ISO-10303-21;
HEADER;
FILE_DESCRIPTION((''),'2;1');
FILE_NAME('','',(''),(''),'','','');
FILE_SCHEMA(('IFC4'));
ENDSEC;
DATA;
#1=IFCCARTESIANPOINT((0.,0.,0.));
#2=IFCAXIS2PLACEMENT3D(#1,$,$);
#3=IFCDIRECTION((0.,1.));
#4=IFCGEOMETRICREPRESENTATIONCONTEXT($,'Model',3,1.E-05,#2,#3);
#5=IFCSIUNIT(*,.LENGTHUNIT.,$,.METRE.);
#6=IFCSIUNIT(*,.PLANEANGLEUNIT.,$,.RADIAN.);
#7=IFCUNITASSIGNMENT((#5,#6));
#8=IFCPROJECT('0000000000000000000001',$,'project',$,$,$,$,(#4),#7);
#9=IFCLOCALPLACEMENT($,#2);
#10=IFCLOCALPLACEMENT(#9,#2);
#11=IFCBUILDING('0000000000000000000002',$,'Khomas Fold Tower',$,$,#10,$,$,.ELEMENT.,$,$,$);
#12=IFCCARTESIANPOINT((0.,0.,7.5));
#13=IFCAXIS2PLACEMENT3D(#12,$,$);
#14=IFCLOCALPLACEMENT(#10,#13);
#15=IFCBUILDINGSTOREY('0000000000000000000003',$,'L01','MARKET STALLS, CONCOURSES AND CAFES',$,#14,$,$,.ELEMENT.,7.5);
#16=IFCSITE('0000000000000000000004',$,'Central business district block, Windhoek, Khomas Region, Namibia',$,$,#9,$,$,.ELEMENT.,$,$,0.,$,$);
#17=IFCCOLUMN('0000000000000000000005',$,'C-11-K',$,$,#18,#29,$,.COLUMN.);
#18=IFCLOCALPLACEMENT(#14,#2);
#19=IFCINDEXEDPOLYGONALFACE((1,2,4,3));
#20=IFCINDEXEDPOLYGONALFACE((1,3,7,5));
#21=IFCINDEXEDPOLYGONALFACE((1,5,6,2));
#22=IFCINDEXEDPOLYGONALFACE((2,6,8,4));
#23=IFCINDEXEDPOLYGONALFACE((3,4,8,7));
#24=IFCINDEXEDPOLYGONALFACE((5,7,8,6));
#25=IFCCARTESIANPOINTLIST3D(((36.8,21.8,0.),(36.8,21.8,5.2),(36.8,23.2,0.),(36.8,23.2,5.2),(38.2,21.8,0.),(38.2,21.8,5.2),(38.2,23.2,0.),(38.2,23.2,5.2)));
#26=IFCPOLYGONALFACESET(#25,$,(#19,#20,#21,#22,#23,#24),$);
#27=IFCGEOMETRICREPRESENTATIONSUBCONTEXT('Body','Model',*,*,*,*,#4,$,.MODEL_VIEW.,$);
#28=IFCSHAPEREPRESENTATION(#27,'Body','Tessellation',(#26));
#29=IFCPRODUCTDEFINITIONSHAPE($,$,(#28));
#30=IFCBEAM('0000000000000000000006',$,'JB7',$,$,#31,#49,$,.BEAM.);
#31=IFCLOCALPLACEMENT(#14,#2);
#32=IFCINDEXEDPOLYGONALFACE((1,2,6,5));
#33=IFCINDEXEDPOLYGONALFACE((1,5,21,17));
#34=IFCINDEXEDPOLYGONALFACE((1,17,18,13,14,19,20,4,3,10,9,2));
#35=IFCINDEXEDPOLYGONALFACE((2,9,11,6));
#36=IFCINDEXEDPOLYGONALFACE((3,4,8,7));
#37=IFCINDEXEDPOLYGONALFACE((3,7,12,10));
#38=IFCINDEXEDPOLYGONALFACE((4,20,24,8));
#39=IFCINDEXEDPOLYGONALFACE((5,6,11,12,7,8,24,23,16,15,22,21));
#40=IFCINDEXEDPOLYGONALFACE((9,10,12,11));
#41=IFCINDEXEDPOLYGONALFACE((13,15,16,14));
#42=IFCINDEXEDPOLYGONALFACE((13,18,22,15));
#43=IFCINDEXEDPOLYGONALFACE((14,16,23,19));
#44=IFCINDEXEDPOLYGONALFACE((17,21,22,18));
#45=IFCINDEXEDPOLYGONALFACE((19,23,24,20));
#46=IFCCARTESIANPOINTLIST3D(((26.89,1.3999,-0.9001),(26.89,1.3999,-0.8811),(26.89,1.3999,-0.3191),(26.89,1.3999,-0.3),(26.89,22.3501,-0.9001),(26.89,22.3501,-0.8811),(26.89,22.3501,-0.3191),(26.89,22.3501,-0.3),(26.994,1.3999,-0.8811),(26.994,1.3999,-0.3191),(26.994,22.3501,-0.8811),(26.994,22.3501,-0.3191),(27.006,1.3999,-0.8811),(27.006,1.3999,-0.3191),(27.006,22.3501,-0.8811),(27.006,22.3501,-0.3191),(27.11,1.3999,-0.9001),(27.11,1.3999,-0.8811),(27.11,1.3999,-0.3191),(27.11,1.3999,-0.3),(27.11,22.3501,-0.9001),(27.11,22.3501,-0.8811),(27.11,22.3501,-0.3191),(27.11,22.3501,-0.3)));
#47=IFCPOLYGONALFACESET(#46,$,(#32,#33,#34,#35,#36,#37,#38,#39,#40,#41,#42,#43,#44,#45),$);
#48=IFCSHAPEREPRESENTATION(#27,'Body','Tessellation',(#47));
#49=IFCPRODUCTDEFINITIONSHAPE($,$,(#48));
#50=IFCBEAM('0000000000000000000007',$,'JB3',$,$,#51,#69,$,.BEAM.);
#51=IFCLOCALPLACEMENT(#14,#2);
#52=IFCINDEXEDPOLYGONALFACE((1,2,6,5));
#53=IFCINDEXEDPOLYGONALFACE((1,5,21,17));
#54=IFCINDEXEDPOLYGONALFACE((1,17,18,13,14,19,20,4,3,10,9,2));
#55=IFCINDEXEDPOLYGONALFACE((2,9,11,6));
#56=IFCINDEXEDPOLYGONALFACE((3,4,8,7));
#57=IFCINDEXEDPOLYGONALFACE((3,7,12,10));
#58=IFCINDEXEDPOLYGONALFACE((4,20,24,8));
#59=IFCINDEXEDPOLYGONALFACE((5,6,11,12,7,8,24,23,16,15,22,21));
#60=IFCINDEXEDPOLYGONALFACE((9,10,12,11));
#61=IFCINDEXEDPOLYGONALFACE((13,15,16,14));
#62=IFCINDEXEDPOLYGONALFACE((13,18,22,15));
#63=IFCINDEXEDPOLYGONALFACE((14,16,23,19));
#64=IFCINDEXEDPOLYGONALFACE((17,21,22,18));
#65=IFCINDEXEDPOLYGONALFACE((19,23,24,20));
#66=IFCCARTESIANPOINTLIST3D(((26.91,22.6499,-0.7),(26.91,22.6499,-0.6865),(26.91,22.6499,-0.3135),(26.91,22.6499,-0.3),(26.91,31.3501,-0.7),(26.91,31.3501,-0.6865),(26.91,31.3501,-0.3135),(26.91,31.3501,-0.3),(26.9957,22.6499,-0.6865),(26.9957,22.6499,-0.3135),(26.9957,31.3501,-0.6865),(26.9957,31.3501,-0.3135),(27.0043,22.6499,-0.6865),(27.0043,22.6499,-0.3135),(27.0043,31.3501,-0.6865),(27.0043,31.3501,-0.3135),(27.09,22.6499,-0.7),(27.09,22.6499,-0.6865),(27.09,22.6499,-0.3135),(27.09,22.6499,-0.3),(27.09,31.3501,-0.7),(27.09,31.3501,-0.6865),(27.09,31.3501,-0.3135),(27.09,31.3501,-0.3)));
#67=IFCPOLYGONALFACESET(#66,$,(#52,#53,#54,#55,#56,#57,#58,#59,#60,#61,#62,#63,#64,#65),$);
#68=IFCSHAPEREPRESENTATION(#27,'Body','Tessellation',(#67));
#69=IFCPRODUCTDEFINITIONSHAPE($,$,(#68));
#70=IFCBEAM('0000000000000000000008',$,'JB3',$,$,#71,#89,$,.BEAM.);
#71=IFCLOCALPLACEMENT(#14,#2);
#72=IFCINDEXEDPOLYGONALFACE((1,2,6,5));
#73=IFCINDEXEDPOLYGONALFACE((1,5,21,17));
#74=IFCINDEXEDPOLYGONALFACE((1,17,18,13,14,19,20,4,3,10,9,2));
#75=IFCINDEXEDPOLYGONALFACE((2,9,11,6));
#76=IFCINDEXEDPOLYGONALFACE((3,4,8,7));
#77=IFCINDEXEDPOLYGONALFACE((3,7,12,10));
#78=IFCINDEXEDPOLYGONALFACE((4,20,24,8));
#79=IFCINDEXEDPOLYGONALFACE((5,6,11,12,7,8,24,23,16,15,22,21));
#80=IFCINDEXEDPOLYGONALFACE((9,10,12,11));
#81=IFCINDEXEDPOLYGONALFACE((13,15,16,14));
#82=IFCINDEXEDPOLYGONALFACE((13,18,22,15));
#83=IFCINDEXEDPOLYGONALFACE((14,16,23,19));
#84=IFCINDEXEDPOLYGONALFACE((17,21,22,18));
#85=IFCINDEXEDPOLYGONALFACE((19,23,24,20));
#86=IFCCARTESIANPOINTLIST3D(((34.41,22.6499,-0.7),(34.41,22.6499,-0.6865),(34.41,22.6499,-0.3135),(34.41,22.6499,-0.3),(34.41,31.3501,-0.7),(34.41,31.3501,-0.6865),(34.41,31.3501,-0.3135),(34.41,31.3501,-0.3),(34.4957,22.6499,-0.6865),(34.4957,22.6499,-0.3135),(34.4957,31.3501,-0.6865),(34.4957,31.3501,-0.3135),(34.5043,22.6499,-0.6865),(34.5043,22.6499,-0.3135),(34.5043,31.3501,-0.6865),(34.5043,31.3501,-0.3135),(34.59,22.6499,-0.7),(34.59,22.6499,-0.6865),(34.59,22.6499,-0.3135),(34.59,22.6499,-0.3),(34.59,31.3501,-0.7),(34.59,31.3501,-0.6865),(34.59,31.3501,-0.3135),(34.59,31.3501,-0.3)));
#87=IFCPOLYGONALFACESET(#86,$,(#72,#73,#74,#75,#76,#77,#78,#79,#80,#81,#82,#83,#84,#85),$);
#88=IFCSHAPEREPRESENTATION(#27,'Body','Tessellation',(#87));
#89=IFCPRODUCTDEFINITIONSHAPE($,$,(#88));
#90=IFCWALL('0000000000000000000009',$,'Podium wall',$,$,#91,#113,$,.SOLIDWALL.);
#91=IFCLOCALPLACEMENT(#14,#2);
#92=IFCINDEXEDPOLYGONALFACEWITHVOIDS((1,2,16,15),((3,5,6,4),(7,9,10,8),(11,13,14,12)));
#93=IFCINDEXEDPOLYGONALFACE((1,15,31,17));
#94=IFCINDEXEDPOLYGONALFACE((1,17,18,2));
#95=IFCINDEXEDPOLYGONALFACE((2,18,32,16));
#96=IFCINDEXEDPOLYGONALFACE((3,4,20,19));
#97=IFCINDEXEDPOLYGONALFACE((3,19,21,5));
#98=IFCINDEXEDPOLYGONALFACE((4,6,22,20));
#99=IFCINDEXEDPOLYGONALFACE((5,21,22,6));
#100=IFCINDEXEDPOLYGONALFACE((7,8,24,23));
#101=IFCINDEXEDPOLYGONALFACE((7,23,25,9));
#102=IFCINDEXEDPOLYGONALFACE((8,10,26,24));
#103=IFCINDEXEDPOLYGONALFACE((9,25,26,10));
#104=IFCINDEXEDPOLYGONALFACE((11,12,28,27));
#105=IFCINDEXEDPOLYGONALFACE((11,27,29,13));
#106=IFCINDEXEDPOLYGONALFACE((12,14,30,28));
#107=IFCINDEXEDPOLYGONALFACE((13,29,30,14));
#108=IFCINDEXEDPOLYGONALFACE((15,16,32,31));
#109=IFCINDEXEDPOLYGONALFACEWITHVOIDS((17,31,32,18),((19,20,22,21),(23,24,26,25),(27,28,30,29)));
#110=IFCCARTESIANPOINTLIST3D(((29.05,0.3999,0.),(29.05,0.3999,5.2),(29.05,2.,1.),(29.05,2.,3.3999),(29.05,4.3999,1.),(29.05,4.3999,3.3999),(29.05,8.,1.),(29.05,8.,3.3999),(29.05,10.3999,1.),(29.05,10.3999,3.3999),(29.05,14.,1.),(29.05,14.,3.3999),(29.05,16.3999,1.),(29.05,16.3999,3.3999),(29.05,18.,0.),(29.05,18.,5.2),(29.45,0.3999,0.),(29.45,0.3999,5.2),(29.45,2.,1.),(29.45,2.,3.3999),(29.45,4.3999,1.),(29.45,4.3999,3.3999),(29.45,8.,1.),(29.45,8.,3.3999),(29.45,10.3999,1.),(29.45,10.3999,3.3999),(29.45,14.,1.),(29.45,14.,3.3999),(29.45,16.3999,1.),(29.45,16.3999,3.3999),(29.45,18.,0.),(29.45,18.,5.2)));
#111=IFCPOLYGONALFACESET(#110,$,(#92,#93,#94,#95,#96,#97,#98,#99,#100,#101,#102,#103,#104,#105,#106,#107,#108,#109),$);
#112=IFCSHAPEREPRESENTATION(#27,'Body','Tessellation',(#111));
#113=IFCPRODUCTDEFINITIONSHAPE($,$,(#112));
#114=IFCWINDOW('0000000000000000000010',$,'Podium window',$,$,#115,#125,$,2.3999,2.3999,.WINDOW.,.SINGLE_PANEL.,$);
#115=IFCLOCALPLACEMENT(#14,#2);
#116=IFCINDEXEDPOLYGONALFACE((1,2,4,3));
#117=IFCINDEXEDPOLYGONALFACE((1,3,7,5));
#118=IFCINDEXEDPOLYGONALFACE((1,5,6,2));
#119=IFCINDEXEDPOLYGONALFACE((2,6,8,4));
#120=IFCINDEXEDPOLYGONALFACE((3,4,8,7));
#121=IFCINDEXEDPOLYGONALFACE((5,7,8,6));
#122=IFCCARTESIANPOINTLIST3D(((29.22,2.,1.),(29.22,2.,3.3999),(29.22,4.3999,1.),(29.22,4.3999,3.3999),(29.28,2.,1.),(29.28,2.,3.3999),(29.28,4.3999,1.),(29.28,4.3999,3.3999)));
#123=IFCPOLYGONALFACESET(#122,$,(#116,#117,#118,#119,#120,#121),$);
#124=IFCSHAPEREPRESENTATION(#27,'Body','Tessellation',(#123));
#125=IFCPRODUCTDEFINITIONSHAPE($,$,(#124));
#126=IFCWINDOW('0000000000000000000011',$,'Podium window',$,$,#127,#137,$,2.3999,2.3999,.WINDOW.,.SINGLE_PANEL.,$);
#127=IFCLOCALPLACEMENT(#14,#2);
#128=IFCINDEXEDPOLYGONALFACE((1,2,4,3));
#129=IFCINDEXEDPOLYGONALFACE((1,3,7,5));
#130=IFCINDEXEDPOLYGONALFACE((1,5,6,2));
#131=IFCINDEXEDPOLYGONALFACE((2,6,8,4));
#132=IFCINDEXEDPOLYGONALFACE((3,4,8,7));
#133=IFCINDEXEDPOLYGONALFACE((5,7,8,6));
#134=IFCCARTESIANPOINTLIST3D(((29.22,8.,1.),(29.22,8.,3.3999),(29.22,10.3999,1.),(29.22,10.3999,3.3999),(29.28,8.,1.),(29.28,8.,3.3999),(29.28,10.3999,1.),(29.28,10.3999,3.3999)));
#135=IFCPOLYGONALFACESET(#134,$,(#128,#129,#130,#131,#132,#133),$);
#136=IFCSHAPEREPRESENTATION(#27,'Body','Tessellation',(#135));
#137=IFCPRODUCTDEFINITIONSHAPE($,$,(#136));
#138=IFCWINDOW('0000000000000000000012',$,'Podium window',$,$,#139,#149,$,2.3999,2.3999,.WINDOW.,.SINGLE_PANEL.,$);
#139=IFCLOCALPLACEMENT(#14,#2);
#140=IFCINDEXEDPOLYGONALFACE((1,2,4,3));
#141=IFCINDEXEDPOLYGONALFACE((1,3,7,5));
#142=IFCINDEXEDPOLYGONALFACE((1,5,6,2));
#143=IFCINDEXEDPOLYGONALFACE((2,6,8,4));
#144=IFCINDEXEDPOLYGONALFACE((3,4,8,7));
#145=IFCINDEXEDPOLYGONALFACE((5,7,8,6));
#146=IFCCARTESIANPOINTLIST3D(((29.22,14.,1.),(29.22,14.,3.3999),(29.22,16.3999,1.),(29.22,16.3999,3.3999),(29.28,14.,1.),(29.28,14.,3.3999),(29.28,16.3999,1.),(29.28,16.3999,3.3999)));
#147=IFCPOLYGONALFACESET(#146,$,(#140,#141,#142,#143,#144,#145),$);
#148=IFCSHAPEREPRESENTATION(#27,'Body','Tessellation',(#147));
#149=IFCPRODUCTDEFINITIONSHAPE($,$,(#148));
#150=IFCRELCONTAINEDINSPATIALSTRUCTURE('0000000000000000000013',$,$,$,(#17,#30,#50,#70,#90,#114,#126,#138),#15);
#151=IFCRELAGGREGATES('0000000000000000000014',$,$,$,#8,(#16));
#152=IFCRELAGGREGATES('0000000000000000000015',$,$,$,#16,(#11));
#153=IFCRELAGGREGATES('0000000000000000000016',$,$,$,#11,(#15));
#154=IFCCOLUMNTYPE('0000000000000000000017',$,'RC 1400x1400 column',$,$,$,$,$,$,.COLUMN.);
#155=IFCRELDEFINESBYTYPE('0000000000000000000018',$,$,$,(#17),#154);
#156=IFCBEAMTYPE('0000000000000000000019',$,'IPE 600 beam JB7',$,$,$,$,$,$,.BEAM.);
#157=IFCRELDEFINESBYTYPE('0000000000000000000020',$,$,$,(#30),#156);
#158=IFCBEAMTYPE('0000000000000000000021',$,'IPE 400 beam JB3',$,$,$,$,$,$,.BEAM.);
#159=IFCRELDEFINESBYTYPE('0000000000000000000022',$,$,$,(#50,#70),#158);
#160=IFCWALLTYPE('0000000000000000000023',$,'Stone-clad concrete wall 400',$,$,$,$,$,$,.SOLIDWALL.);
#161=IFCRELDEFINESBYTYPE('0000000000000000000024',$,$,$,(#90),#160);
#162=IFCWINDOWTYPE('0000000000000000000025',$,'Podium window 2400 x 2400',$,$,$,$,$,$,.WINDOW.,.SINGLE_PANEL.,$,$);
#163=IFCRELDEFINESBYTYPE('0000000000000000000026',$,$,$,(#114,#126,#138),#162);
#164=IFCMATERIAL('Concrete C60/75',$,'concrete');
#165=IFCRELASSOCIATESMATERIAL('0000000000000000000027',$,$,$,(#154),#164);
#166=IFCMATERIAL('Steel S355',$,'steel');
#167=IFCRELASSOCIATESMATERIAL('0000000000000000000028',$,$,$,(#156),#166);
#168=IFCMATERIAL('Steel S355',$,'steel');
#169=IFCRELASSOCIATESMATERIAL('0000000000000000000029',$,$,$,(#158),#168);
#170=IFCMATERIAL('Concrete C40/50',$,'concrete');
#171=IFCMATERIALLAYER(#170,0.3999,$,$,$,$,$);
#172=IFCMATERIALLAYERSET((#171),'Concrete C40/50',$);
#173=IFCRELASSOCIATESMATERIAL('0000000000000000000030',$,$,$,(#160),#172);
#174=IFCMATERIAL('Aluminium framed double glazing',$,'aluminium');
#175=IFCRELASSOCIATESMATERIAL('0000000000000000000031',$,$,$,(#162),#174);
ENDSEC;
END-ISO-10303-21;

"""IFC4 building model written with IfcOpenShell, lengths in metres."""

from ifc_helpers import new_model, si_unit, direction, frame, frame_2d, origin, origin_2d, place, context, subcontext, project, spatial, rectangle, i_section, extrude, source, transform, mapped, material, layer, layer_set, material_profile, profile_set, type_object, element, fill, save


model = new_model("IFC4")

# Units and contexts
model_context = context("Model", 3, precision=1e-05, world=origin(), true_north=direction((0.0, 1.0)))
body_context = subcontext(model_context, "Body", "Model", "MODEL_VIEW")
ifc_project = project(units=[si_unit("LENGTHUNIT", "METRE"), si_unit("PLANEANGLEUNIT", "RADIAN")], contexts=[model_context])

# Site, building, storey
site_placement = place(None, origin())
site = spatial("IfcSite", under=ifc_project, at=site_placement, Name="Central business district block, Windhoek, Khomas Region, Namibia", CompositionType="ELEMENT", RefElevation=0.0)
building_placement = place(site_placement, origin())
building = spatial("IfcBuilding", under=site, at=building_placement, Name="Khomas Fold Tower", CompositionType="ELEMENT")
storey_placement = place(building_placement, frame((0.0, 0.0, 7.5)))
storey = spatial("IfcBuildingStorey", under=building, at=storey_placement, Name="L01", Description="MARKET STALLS, CONCOURSES AND CAFES", CompositionType="ELEMENT", Elevation=7.5)

# Column
ifc_material_1 = material(Name="Concrete C60/75", Category="concrete")
ifc_material_profile_1 = material_profile(ifc_material_1, rectangle(XDim=1.3999, YDim=1.3999, at=origin_2d()), Name="RC 1400x1400")
ifc_profile_set_1 = profile_set([ifc_material_profile_1], Name="Concrete C60/75")
column_type = type_object("IfcColumnType", Name="RC 1400x1400 column", PredefinedType="COLUMN", material=ifc_profile_set_1)
shared_shape_1 = source(origin(), body_context, "Body", "SweptSolid", [
    extrude(rectangle(XDim=1.3999, YDim=1.3999, at=origin_2d()), origin(), (0.0, 0.0, 1.0), 5.2),
])
column_placement = place(storey_placement, frame((37.5, 22.5, 0.0), z_axis=(0.0, 0.0, 1.0), x_axis=(1.0, 0.0, 0.0)))
element("IfcColumn", 1, at=column_placement, inside=storey, type_object=column_type, Name="C-11-K", PredefinedType="COLUMN", context=body_context, shape_type="MappedRepresentation", body=[
    mapped(shared_shape_1, transform((0.0, 0.0, 0.0))),
])

# Beams
ifc_material_2 = material(Name="Steel S355", Category="steel")
ifc_material_profile_2 = material_profile(ifc_material_2, i_section(OverallWidth=0.22, OverallDepth=0.6001, WebThickness=0.012, FlangeThickness=0.019, at=origin_2d()), Name="IPE 600")
ifc_profile_set_2 = profile_set([ifc_material_profile_2], Name="Steel S355")
beam_type_1 = type_object("IfcBeamType", Name="IPE 600 beam JB7", PredefinedType="BEAM", material=ifc_profile_set_2)
shared_shape_2 = source(origin(), body_context, "Body", "SweptSolid", [
    extrude(i_section(OverallWidth=0.22, OverallDepth=0.6001, WebThickness=0.012, FlangeThickness=0.019, at=origin_2d()), origin(), (0.0, 0.0, 1.0), 20.9502),
])
beam_placement = place(storey_placement, frame((27.0, 1.3999, -0.6001), z_axis=(0.0, 1.0, 0.0), x_axis=(-1.0, 0.0, 0.0)))
element("IfcBeam", 2, at=beam_placement, inside=storey, type_object=beam_type_1, Name="JB7", PredefinedType="BEAM", context=body_context, shape_type="MappedRepresentation", body=[
    mapped(shared_shape_2, transform((0.0, 0.0, 0.0))),
])
ifc_material_3 = material(Name="Steel S355", Category="steel")
ifc_material_profile_3 = material_profile(ifc_material_3, i_section(OverallWidth=0.1799, OverallDepth=0.3999, WebThickness=0.0085, FlangeThickness=0.0134, at=origin_2d()), Name="IPE 400")
ifc_profile_set_3 = profile_set([ifc_material_profile_3], Name="Steel S355")
beam_type_2 = type_object("IfcBeamType", Name="IPE 400 beam JB3", PredefinedType="BEAM", material=ifc_profile_set_3)
shared_shape_3 = source(origin(), body_context, "Body", "SweptSolid", [
    extrude(i_section(OverallWidth=0.1799, OverallDepth=0.3999, WebThickness=0.0085, FlangeThickness=0.0134, at=origin_2d()), origin(), (0.0, 0.0, 1.0), 8.7002),
])
for number, where, z_axis, x_axis, name in (
    (3, (27.0, 22.6499, -0.5), (0.0, 1.0, 0.0), (-1.0, 0.0, 0.0), "JB3"),
    (4, (34.5, 22.6499, -0.5), (0.0, 1.0, 0.0), (-1.0, 0.0, 0.0), "JB3"),
):
    element("IfcBeam", number, at=place(storey_placement, frame(where, z_axis=z_axis, x_axis=x_axis)), inside=storey, type_object=beam_type_2, Name=name, PredefinedType="BEAM", context=body_context, shape_type="MappedRepresentation", body=[
        mapped(shared_shape_3, transform((0.0, 0.0, 0.0))),
    ])

# Wall, openings, windows
ifc_material_4 = material(Name="Concrete C40/50", Category="concrete")
ifc_layer_1 = layer(ifc_material_4, 0.3999)
ifc_layer_set_1 = layer_set([ifc_layer_1], Name="Concrete C40/50")
wall_type = type_object("IfcWallType", Name="Stone-clad concrete wall 400", PredefinedType="SOLIDWALL", material=ifc_layer_set_1)
shared_shape_4 = source(origin(), body_context, "Body", "SweptSolid", [
    extrude(rectangle(XDim=17.6001, YDim=0.3999, at=frame_2d((8.8, 0.0))), origin(), (0.0, 0.0, 1.0), 5.2),
])
wall_1_placement = place(storey_placement, frame((29.25, 0.3999, 0.0), z_axis=(0.0, 0.0, 1.0), x_axis=(0.0, 1.0, 0.0)))
wall_1 = element("IfcWall", 5, at=wall_1_placement, inside=storey, type_object=wall_type, Name="Podium wall", PredefinedType="SOLIDWALL", context=body_context, shape_type="MappedRepresentation", body=[
    mapped(shared_shape_4, transform((0.0, 0.0, 0.0))),
])
shared_shape_5 = source(origin(), body_context, "Body", "SweptSolid", [
    extrude(rectangle(XDim=2.3999, YDim=2.3999, at=frame_2d((1.2, 1.2))), frame((0.0, 0.21, 0.0), z_axis=(0.0, -1.0, 0.0), x_axis=(1.0, 0.0, 0.0)), (0.0, 0.0, 1.0), 0.4199),
])
opening_1_placement = place(wall_1_placement, frame((1.6001, 0.0, 1.0)))
opening_1 = element("IfcOpeningElement", 6, at=opening_1_placement, cuts=wall_1, PredefinedType="OPENING", context=body_context, shape_type="MappedRepresentation", body=[
    mapped(shared_shape_5, transform((0.0, 0.0, 0.0))),
])
opening_2_placement = place(wall_1_placement, frame((7.6001, 0.0, 1.0)))
opening_2 = element("IfcOpeningElement", 7, at=opening_2_placement, cuts=wall_1, PredefinedType="OPENING", context=body_context, shape_type="MappedRepresentation", body=[
    mapped(shared_shape_5, transform((0.0, 0.0, 0.0))),
])
opening_3_placement = place(wall_1_placement, frame((13.6001, 0.0, 1.0)))
opening_3 = element("IfcOpeningElement", 8, at=opening_3_placement, cuts=wall_1, PredefinedType="OPENING", context=body_context, shape_type="MappedRepresentation", body=[
    mapped(shared_shape_5, transform((0.0, 0.0, 0.0))),
])
ifc_material_5 = material(Name="Aluminium framed double glazing", Category="aluminium")
window_type = type_object("IfcWindowType", Name="Podium window 2400 x 2400", PartitioningType="SINGLE_PANEL", PredefinedType="WINDOW", material=ifc_material_5)
shared_shape_6 = source(origin(), body_context, "Body", "SweptSolid", [
    extrude(rectangle(XDim=2.3999, YDim=2.3999, at=frame_2d((1.2, 1.2))), frame((0.0, 0.03, 0.0), z_axis=(0.0, -1.0, 0.0), x_axis=(1.0, 0.0, 0.0)), (0.0, 0.0, 1.0), 0.0601),
])
window_1_placement = place(opening_1_placement, origin())
window_1 = element("IfcWindow", 9, at=window_1_placement, inside=storey, type_object=window_type, Name="Podium window", OverallHeight=2.3999, OverallWidth=2.3999, PartitioningType="SINGLE_PANEL", PredefinedType="WINDOW", context=body_context, shape_type="MappedRepresentation", body=[
    mapped(shared_shape_6, transform((0.0, 0.0, 0.0))),
])
fill(opening_1, window_1)
window_2_placement = place(opening_2_placement, origin())
window_2 = element("IfcWindow", 10, at=window_2_placement, inside=storey, type_object=window_type, Name="Podium window", OverallHeight=2.3999, OverallWidth=2.3999, PartitioningType="SINGLE_PANEL", PredefinedType="WINDOW", context=body_context, shape_type="MappedRepresentation", body=[
    mapped(shared_shape_6, transform((0.0, 0.0, 0.0))),
])
fill(opening_2, window_2)
window_3_placement = place(opening_3_placement, origin())
window_3 = element("IfcWindow", 11, at=window_3_placement, inside=storey, type_object=window_type, Name="Podium window", OverallHeight=2.3999, OverallWidth=2.3999, PartitioningType="SINGLE_PANEL", PredefinedType="WINDOW", context=body_context, shape_type="MappedRepresentation", body=[
    mapped(shared_shape_6, transform((0.0, 0.0, 0.0))),
])
fill(opening_3, window_3)

save(model, "model.ifc")
